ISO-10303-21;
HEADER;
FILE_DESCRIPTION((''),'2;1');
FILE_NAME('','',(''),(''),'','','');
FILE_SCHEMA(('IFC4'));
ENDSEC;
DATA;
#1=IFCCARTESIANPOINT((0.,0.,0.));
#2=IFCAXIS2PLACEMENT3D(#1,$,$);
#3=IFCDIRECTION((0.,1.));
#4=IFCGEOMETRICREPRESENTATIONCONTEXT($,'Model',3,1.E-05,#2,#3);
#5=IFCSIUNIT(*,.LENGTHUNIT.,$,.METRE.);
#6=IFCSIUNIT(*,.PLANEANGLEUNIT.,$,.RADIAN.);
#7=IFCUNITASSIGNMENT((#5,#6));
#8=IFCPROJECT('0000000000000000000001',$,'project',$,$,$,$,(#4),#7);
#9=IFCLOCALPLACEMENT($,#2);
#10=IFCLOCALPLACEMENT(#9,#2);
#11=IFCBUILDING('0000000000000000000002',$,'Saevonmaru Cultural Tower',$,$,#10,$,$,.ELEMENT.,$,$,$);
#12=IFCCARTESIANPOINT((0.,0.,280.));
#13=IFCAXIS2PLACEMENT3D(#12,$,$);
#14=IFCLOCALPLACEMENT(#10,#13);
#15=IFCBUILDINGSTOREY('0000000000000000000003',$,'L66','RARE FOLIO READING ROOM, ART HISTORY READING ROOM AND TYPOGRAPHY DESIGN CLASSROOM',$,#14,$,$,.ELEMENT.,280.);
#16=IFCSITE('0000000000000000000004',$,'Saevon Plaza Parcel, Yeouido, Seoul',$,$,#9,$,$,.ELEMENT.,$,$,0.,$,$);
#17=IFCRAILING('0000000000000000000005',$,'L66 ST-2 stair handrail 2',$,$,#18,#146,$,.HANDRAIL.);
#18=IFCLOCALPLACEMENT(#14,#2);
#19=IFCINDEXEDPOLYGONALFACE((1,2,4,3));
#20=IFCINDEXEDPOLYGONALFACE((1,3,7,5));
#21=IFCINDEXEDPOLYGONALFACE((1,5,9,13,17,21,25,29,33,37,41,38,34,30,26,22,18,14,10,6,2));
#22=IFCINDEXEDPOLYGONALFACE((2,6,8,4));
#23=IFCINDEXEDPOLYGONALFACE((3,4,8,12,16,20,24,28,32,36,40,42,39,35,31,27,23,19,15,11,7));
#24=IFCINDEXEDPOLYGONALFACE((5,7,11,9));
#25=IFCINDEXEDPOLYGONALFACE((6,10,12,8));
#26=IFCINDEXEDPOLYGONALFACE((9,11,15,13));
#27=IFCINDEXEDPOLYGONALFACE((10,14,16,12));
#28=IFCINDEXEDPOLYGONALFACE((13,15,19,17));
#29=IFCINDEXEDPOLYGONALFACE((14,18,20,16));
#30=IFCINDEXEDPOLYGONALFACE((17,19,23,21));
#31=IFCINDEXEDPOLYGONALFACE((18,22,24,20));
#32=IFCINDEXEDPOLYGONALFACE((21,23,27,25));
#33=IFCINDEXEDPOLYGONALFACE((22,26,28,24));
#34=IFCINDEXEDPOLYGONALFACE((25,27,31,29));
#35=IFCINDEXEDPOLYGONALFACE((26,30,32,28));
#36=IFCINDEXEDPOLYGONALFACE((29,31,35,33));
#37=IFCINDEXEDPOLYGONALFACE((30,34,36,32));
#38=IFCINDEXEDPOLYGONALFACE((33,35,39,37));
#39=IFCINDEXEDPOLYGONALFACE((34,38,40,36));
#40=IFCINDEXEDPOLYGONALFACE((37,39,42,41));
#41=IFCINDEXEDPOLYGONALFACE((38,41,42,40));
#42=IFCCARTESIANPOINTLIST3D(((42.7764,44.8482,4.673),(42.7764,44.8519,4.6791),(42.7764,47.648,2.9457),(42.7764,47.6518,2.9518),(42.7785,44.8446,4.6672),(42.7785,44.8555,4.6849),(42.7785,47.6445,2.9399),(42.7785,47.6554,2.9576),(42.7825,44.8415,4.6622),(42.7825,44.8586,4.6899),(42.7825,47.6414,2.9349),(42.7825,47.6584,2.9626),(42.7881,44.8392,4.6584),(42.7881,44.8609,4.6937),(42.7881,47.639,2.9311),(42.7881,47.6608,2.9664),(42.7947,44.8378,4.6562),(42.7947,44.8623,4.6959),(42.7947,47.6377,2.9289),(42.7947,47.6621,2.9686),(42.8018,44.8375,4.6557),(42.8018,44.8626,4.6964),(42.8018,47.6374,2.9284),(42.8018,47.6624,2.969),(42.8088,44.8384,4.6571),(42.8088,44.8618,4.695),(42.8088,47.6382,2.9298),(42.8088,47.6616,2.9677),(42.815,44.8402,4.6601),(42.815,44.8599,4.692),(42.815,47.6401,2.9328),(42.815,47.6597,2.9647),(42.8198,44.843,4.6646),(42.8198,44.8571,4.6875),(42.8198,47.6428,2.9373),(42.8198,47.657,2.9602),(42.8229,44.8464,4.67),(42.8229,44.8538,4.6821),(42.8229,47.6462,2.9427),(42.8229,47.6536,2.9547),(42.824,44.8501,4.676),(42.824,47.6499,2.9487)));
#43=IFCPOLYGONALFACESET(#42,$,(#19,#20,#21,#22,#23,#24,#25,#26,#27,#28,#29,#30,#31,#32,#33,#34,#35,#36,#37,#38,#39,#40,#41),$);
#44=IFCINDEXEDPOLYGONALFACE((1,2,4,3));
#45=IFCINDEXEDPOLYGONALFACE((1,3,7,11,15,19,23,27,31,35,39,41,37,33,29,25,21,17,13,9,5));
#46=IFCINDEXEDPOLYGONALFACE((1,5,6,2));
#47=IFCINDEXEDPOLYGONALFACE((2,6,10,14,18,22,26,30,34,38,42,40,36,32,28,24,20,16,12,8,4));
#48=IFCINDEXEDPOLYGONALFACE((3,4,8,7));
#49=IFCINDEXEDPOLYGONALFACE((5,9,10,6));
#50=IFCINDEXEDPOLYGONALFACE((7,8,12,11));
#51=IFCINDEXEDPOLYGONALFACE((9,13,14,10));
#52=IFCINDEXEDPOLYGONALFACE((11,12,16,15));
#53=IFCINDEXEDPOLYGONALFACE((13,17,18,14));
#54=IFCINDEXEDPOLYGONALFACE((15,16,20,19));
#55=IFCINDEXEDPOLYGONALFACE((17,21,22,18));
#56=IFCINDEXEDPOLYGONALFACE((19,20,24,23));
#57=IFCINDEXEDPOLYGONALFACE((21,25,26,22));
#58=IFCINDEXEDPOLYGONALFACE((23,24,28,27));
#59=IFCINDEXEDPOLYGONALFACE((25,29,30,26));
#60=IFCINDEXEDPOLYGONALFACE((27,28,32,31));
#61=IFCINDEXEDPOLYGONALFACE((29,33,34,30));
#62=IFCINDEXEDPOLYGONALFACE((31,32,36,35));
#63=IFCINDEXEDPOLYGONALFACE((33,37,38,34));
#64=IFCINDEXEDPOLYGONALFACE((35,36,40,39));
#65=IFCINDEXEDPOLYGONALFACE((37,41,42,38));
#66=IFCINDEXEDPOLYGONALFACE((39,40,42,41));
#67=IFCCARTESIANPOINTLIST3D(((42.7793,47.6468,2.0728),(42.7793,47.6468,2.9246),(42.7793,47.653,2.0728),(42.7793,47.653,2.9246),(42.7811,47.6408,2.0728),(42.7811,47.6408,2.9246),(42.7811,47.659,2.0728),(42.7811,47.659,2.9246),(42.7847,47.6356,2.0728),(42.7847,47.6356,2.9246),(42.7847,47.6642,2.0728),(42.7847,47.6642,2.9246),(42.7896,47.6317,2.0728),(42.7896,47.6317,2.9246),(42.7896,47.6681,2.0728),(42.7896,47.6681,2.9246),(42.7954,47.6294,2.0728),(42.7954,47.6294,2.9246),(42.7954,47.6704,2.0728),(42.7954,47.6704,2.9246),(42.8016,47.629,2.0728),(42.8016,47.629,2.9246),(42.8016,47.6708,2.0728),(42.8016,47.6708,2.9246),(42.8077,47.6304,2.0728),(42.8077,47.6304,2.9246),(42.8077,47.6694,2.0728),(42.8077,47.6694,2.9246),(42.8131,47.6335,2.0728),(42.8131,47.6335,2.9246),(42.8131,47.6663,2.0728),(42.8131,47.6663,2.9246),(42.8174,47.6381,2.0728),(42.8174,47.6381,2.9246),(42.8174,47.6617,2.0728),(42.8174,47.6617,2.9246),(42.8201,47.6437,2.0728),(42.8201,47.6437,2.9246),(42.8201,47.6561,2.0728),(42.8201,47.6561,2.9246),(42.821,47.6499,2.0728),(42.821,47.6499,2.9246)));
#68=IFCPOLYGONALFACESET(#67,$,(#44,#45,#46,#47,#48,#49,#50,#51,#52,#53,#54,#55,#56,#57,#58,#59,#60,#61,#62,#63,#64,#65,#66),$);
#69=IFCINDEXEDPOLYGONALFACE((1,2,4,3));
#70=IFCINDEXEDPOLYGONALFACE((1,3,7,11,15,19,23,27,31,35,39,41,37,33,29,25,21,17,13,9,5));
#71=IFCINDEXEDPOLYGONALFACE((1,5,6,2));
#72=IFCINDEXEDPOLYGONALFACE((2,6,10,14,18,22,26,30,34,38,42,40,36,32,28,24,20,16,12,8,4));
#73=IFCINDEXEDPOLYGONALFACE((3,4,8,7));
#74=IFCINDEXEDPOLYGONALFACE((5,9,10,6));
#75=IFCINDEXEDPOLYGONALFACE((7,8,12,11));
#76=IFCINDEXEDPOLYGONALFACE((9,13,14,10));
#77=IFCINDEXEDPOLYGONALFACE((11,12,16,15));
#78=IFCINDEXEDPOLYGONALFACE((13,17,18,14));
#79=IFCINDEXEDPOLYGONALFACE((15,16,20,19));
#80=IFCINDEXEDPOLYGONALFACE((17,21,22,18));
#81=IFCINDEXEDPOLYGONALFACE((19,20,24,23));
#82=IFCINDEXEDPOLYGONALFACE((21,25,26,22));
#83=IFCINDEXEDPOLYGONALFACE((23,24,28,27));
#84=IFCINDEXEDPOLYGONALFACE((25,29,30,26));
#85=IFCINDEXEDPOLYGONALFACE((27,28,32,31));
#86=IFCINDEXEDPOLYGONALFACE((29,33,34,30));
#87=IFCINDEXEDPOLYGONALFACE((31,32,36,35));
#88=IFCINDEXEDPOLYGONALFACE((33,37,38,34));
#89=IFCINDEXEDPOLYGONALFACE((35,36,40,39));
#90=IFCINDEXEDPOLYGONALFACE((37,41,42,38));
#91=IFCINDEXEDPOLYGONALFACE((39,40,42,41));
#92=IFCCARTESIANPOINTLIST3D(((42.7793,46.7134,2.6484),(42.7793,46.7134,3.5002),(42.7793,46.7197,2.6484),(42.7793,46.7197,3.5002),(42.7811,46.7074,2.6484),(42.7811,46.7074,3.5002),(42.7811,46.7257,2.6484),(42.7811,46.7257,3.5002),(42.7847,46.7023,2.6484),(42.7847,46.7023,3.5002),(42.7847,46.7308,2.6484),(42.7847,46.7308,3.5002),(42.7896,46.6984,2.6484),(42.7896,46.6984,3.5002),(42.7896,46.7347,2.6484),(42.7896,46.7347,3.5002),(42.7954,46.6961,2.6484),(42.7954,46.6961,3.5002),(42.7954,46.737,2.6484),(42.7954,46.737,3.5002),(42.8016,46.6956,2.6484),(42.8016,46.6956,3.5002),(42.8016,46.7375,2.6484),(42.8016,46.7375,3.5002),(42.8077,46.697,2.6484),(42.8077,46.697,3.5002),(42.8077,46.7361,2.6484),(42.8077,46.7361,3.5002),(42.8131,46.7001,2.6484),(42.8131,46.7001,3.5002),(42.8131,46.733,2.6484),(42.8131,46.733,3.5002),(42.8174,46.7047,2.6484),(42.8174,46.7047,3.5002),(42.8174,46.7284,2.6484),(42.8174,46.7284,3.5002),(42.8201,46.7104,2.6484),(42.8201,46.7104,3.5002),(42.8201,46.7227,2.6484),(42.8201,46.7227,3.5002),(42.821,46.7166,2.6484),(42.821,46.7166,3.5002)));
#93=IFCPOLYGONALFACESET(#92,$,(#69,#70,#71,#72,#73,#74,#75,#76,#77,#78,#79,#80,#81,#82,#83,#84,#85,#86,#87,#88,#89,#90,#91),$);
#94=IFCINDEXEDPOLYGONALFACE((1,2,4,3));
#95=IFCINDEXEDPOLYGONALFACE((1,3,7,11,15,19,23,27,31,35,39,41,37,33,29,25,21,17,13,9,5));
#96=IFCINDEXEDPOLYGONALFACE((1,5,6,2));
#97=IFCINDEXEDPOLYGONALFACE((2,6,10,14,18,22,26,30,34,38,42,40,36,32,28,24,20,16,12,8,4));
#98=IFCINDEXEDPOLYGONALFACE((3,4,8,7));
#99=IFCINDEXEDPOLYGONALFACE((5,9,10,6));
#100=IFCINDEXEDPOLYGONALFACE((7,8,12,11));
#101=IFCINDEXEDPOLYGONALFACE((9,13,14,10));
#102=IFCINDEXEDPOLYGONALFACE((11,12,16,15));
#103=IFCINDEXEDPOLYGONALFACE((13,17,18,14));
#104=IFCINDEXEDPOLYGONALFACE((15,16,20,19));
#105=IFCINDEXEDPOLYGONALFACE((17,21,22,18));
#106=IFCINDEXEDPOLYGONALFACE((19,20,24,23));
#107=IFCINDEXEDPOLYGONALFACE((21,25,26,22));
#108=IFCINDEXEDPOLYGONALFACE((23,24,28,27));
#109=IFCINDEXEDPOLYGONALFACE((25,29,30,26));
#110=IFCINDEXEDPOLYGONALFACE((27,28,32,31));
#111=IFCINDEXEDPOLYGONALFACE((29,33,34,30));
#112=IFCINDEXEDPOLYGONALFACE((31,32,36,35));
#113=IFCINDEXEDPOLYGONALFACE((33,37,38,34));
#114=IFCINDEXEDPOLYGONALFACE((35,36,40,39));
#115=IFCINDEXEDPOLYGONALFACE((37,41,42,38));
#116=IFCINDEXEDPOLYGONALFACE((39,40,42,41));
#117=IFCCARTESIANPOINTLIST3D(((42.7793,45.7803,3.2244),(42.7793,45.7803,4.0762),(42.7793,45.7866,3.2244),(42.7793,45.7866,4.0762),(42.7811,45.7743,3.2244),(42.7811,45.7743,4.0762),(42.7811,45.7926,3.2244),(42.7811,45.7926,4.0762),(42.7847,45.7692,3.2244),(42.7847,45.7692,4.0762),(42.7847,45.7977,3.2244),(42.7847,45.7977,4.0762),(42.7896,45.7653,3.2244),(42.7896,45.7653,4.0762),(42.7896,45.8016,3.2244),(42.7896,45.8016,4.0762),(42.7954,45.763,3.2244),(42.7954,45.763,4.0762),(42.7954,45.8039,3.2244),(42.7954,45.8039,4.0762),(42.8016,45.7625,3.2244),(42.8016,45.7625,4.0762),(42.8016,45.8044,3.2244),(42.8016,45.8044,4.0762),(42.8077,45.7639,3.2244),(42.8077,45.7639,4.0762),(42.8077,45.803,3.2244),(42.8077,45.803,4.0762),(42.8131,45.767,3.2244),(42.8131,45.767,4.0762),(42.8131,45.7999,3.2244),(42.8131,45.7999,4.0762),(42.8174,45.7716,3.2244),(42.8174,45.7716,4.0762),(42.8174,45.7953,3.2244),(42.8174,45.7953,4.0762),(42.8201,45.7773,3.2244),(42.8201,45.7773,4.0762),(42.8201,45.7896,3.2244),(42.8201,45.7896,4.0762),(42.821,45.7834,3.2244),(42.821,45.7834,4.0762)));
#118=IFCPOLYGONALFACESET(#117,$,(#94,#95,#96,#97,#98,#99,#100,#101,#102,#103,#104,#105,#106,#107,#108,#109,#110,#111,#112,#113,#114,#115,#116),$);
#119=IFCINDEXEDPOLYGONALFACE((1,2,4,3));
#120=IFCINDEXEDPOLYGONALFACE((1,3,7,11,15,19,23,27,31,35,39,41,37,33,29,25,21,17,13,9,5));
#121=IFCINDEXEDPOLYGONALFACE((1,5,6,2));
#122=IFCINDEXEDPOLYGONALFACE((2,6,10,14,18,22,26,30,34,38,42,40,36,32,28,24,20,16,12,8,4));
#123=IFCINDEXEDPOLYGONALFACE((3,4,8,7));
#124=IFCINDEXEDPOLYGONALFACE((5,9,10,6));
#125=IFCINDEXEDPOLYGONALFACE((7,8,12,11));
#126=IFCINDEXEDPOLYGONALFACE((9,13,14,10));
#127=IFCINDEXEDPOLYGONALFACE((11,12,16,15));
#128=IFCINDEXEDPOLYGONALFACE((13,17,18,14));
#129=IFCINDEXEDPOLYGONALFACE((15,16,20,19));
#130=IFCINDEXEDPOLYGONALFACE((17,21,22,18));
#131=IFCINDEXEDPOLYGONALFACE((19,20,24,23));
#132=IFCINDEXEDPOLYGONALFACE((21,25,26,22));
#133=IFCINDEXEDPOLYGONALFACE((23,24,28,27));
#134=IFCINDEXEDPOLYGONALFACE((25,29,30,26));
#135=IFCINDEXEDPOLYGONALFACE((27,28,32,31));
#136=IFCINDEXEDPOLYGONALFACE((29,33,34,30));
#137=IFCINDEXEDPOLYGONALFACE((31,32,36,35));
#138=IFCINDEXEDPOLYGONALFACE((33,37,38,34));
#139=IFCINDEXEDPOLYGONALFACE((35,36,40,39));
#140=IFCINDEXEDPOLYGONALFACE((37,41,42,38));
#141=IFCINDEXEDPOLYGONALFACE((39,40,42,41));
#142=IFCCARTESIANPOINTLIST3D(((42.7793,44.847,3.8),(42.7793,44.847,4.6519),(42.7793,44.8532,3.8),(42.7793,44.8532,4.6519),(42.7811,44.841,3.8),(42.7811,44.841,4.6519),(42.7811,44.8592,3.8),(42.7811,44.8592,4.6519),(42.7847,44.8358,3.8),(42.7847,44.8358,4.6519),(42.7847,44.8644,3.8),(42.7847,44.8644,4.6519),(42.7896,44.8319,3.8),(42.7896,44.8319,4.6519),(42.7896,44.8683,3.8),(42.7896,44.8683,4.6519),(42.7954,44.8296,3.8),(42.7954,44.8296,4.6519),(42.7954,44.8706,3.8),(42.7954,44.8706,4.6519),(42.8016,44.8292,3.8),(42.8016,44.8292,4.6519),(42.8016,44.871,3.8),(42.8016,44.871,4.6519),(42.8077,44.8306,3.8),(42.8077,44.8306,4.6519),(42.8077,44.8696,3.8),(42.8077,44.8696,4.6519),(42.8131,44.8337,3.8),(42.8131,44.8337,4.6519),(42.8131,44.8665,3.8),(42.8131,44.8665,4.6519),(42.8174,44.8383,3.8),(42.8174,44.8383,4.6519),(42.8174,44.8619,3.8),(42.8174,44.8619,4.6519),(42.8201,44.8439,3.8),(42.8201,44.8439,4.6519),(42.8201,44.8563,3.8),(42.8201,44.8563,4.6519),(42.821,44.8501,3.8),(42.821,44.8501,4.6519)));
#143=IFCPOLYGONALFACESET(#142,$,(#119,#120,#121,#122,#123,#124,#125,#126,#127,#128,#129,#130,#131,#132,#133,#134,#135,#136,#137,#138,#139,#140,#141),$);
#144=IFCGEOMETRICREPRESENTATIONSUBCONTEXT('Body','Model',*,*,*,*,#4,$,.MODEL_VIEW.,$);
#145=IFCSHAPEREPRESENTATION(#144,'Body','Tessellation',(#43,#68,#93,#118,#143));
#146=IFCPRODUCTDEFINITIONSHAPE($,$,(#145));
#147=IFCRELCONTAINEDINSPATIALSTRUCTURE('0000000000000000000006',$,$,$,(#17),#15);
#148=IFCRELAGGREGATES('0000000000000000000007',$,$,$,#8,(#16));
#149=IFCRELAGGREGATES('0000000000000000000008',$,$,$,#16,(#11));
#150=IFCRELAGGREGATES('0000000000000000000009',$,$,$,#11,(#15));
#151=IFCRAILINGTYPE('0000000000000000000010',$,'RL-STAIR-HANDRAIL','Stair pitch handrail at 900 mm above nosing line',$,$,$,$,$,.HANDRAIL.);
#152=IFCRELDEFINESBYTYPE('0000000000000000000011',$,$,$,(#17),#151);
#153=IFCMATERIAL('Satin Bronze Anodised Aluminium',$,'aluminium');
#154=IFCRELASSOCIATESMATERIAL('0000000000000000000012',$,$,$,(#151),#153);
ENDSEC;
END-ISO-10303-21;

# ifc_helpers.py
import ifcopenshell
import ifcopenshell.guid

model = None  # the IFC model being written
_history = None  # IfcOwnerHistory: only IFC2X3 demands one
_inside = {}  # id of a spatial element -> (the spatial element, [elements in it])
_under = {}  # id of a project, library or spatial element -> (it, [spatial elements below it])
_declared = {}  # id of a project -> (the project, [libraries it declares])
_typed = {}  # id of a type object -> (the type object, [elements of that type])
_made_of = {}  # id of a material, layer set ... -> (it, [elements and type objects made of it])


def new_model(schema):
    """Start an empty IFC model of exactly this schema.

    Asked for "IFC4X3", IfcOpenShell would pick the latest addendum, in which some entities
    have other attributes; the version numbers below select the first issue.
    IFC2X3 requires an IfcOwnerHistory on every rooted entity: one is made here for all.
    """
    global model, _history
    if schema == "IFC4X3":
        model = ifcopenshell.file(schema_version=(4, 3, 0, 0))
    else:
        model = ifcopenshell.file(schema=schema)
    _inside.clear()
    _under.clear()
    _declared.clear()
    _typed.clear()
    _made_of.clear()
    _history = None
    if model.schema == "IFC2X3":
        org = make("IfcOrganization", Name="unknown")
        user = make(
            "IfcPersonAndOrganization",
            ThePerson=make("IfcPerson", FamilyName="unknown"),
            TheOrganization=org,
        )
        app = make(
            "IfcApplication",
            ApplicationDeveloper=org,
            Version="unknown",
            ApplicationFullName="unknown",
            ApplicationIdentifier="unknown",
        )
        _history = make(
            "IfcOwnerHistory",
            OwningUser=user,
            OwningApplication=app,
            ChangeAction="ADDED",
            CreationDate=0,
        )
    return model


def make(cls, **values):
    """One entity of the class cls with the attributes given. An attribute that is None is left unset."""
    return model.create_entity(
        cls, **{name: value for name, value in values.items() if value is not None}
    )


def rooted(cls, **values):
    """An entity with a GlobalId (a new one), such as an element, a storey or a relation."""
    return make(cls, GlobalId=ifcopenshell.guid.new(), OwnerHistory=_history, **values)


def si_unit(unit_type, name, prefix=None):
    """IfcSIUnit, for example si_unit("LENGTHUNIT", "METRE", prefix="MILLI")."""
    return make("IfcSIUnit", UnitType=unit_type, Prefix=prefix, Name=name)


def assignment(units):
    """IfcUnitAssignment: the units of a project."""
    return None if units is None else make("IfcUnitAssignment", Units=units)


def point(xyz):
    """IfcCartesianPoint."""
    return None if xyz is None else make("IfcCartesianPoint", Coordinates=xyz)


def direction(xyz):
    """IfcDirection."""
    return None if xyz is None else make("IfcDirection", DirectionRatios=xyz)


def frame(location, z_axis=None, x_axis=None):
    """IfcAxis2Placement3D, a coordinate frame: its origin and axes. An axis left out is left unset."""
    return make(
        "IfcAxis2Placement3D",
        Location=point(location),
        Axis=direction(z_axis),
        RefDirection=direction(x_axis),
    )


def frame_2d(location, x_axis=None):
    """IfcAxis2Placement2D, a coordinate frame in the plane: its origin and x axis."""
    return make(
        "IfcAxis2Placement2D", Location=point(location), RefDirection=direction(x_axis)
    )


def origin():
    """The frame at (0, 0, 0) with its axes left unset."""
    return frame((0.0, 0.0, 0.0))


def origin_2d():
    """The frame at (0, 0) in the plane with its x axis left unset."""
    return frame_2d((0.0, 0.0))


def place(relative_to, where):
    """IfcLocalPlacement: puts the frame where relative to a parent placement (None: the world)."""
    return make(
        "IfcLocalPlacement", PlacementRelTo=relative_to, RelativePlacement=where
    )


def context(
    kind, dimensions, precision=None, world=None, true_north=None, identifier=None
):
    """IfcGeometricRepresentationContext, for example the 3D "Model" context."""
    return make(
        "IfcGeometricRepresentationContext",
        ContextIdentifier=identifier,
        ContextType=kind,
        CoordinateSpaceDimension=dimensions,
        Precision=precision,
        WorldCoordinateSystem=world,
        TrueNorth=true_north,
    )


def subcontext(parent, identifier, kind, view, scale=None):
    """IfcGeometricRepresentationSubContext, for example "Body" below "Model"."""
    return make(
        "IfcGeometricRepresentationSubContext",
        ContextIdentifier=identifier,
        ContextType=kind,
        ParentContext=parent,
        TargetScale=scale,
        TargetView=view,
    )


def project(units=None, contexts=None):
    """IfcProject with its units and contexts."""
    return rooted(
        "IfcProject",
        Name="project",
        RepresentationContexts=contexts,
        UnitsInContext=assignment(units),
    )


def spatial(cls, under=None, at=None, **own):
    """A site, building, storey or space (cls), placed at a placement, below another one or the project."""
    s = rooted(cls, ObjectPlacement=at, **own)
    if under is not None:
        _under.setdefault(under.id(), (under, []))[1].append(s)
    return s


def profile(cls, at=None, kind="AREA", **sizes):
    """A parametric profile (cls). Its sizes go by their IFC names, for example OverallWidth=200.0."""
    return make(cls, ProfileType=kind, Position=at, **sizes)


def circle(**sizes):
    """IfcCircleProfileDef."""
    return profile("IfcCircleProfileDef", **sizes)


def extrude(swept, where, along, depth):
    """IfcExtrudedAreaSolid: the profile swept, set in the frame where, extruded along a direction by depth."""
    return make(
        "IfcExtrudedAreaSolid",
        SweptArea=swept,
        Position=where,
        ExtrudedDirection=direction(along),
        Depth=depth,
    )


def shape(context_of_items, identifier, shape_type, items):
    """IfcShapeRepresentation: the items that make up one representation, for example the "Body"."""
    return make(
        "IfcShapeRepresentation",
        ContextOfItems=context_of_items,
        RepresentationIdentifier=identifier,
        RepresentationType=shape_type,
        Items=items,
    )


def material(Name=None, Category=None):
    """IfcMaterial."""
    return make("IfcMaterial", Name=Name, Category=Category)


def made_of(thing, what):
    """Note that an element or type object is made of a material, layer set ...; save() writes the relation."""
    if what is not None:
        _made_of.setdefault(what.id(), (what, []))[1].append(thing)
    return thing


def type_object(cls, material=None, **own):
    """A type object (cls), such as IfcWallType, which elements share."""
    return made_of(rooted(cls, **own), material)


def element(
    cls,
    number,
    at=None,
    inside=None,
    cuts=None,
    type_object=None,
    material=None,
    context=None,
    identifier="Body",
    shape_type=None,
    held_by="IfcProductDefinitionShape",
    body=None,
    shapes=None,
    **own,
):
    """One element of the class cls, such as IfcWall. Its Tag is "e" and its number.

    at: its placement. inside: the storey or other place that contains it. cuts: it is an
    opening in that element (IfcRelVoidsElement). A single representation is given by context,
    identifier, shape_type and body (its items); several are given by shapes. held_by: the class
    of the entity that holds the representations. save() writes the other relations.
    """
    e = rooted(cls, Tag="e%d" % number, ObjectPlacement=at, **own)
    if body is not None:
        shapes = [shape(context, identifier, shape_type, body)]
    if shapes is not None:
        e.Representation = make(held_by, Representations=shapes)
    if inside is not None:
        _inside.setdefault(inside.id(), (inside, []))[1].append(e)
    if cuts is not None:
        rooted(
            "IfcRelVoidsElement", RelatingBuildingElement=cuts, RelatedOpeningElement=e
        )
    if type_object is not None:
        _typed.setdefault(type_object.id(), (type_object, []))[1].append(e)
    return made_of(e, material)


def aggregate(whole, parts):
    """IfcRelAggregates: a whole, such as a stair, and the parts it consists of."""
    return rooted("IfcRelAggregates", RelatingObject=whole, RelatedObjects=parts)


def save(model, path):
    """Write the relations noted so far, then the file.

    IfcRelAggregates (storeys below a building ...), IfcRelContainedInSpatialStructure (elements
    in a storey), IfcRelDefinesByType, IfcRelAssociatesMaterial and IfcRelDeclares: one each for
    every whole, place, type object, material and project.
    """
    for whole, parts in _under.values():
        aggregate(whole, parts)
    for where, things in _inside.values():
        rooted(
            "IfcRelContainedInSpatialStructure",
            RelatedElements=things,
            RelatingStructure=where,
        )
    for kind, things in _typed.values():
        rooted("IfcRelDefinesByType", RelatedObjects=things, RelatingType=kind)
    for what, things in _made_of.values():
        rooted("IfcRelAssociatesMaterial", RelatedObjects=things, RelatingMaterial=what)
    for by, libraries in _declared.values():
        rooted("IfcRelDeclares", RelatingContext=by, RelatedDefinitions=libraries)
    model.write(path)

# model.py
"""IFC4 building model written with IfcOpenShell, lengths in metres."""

from ifc_helpers import new_model, si_unit, direction, frame, origin, origin_2d, place, context, subcontext, project, spatial, circle, extrude, material, type_object, element, save


model = new_model("IFC4")

# Units and contexts
model_context = context("Model", 3, precision=1e-05, world=origin(), true_north=direction((0.0, 1.0)))
body_context = subcontext(model_context, "Body", "Model", "MODEL_VIEW")
ifc_project = project(units=[si_unit("LENGTHUNIT", "METRE"), si_unit("PLANEANGLEUNIT", "RADIAN")], contexts=[model_context])

# Site, building, storey
site_placement = place(None, origin())
site = spatial("IfcSite", under=ifc_project, at=site_placement, Name="Saevon Plaza Parcel, Yeouido, Seoul", CompositionType="ELEMENT", RefElevation=0.0)
building_placement = place(site_placement, origin())
building = spatial("IfcBuilding", under=site, at=building_placement, Name="Saevonmaru Cultural Tower", CompositionType="ELEMENT")
storey_placement = place(building_placement, frame((0.0, 0.0, 280.0)))
storey = spatial("IfcBuildingStorey", under=building, at=storey_placement, Name="L66", Description="RARE FOLIO READING ROOM, ART HISTORY READING ROOM AND TYPOGRAPHY DESIGN CLASSROOM", CompositionType="ELEMENT", Elevation=280.0)

# Shared definitions
ifc_material_1 = material(Name="Satin Bronze Anodised Aluminium", Category="aluminium")

# Railing
railing_type_1 = type_object("IfcRailingType", Name="RL-STAIR-HANDRAIL", Description="Stair pitch handrail at 900 mm above nosing line", PredefinedType="HANDRAIL", material=ifc_material_1)
railing_1_placement = place(storey_placement, frame((42.8, 47.6499, 2.0728)))
element("IfcRailing", 1, at=railing_1_placement, inside=storey, type_object=railing_type_1, Name="L66 ST-2 stair handrail 2", PredefinedType="HANDRAIL", context=body_context, shape_type="SweptSolid", body=[
    extrude(circle(Radius=0.0239, at=origin_2d()), frame((0.0, 0.0, 0.876), z_axis=(0.0, -0.851069, 0.525054), x_axis=(1.0, 0.0, 0.0)), (0.0, 0.0, 1.0), 3.2898),
    extrude(circle(Radius=0.021, at=origin_2d()), origin(), (0.0, 0.0, 1.0), 0.8518),
    extrude(circle(Radius=0.021, at=origin_2d()), frame((0.0, -0.9333, 0.5757)), (0.0, 0.0, 1.0), 0.8518),
    extrude(circle(Radius=0.021, at=origin_2d()), frame((0.0, -1.8665, 1.1516)), (0.0, 0.0, 1.0), 0.8518),
    extrude(circle(Radius=0.021, at=origin_2d()), frame((0.0, -2.7998, 1.7273)), (0.0, 0.0, 1.0), 0.8518),
])

save(model, "model.ifc")
